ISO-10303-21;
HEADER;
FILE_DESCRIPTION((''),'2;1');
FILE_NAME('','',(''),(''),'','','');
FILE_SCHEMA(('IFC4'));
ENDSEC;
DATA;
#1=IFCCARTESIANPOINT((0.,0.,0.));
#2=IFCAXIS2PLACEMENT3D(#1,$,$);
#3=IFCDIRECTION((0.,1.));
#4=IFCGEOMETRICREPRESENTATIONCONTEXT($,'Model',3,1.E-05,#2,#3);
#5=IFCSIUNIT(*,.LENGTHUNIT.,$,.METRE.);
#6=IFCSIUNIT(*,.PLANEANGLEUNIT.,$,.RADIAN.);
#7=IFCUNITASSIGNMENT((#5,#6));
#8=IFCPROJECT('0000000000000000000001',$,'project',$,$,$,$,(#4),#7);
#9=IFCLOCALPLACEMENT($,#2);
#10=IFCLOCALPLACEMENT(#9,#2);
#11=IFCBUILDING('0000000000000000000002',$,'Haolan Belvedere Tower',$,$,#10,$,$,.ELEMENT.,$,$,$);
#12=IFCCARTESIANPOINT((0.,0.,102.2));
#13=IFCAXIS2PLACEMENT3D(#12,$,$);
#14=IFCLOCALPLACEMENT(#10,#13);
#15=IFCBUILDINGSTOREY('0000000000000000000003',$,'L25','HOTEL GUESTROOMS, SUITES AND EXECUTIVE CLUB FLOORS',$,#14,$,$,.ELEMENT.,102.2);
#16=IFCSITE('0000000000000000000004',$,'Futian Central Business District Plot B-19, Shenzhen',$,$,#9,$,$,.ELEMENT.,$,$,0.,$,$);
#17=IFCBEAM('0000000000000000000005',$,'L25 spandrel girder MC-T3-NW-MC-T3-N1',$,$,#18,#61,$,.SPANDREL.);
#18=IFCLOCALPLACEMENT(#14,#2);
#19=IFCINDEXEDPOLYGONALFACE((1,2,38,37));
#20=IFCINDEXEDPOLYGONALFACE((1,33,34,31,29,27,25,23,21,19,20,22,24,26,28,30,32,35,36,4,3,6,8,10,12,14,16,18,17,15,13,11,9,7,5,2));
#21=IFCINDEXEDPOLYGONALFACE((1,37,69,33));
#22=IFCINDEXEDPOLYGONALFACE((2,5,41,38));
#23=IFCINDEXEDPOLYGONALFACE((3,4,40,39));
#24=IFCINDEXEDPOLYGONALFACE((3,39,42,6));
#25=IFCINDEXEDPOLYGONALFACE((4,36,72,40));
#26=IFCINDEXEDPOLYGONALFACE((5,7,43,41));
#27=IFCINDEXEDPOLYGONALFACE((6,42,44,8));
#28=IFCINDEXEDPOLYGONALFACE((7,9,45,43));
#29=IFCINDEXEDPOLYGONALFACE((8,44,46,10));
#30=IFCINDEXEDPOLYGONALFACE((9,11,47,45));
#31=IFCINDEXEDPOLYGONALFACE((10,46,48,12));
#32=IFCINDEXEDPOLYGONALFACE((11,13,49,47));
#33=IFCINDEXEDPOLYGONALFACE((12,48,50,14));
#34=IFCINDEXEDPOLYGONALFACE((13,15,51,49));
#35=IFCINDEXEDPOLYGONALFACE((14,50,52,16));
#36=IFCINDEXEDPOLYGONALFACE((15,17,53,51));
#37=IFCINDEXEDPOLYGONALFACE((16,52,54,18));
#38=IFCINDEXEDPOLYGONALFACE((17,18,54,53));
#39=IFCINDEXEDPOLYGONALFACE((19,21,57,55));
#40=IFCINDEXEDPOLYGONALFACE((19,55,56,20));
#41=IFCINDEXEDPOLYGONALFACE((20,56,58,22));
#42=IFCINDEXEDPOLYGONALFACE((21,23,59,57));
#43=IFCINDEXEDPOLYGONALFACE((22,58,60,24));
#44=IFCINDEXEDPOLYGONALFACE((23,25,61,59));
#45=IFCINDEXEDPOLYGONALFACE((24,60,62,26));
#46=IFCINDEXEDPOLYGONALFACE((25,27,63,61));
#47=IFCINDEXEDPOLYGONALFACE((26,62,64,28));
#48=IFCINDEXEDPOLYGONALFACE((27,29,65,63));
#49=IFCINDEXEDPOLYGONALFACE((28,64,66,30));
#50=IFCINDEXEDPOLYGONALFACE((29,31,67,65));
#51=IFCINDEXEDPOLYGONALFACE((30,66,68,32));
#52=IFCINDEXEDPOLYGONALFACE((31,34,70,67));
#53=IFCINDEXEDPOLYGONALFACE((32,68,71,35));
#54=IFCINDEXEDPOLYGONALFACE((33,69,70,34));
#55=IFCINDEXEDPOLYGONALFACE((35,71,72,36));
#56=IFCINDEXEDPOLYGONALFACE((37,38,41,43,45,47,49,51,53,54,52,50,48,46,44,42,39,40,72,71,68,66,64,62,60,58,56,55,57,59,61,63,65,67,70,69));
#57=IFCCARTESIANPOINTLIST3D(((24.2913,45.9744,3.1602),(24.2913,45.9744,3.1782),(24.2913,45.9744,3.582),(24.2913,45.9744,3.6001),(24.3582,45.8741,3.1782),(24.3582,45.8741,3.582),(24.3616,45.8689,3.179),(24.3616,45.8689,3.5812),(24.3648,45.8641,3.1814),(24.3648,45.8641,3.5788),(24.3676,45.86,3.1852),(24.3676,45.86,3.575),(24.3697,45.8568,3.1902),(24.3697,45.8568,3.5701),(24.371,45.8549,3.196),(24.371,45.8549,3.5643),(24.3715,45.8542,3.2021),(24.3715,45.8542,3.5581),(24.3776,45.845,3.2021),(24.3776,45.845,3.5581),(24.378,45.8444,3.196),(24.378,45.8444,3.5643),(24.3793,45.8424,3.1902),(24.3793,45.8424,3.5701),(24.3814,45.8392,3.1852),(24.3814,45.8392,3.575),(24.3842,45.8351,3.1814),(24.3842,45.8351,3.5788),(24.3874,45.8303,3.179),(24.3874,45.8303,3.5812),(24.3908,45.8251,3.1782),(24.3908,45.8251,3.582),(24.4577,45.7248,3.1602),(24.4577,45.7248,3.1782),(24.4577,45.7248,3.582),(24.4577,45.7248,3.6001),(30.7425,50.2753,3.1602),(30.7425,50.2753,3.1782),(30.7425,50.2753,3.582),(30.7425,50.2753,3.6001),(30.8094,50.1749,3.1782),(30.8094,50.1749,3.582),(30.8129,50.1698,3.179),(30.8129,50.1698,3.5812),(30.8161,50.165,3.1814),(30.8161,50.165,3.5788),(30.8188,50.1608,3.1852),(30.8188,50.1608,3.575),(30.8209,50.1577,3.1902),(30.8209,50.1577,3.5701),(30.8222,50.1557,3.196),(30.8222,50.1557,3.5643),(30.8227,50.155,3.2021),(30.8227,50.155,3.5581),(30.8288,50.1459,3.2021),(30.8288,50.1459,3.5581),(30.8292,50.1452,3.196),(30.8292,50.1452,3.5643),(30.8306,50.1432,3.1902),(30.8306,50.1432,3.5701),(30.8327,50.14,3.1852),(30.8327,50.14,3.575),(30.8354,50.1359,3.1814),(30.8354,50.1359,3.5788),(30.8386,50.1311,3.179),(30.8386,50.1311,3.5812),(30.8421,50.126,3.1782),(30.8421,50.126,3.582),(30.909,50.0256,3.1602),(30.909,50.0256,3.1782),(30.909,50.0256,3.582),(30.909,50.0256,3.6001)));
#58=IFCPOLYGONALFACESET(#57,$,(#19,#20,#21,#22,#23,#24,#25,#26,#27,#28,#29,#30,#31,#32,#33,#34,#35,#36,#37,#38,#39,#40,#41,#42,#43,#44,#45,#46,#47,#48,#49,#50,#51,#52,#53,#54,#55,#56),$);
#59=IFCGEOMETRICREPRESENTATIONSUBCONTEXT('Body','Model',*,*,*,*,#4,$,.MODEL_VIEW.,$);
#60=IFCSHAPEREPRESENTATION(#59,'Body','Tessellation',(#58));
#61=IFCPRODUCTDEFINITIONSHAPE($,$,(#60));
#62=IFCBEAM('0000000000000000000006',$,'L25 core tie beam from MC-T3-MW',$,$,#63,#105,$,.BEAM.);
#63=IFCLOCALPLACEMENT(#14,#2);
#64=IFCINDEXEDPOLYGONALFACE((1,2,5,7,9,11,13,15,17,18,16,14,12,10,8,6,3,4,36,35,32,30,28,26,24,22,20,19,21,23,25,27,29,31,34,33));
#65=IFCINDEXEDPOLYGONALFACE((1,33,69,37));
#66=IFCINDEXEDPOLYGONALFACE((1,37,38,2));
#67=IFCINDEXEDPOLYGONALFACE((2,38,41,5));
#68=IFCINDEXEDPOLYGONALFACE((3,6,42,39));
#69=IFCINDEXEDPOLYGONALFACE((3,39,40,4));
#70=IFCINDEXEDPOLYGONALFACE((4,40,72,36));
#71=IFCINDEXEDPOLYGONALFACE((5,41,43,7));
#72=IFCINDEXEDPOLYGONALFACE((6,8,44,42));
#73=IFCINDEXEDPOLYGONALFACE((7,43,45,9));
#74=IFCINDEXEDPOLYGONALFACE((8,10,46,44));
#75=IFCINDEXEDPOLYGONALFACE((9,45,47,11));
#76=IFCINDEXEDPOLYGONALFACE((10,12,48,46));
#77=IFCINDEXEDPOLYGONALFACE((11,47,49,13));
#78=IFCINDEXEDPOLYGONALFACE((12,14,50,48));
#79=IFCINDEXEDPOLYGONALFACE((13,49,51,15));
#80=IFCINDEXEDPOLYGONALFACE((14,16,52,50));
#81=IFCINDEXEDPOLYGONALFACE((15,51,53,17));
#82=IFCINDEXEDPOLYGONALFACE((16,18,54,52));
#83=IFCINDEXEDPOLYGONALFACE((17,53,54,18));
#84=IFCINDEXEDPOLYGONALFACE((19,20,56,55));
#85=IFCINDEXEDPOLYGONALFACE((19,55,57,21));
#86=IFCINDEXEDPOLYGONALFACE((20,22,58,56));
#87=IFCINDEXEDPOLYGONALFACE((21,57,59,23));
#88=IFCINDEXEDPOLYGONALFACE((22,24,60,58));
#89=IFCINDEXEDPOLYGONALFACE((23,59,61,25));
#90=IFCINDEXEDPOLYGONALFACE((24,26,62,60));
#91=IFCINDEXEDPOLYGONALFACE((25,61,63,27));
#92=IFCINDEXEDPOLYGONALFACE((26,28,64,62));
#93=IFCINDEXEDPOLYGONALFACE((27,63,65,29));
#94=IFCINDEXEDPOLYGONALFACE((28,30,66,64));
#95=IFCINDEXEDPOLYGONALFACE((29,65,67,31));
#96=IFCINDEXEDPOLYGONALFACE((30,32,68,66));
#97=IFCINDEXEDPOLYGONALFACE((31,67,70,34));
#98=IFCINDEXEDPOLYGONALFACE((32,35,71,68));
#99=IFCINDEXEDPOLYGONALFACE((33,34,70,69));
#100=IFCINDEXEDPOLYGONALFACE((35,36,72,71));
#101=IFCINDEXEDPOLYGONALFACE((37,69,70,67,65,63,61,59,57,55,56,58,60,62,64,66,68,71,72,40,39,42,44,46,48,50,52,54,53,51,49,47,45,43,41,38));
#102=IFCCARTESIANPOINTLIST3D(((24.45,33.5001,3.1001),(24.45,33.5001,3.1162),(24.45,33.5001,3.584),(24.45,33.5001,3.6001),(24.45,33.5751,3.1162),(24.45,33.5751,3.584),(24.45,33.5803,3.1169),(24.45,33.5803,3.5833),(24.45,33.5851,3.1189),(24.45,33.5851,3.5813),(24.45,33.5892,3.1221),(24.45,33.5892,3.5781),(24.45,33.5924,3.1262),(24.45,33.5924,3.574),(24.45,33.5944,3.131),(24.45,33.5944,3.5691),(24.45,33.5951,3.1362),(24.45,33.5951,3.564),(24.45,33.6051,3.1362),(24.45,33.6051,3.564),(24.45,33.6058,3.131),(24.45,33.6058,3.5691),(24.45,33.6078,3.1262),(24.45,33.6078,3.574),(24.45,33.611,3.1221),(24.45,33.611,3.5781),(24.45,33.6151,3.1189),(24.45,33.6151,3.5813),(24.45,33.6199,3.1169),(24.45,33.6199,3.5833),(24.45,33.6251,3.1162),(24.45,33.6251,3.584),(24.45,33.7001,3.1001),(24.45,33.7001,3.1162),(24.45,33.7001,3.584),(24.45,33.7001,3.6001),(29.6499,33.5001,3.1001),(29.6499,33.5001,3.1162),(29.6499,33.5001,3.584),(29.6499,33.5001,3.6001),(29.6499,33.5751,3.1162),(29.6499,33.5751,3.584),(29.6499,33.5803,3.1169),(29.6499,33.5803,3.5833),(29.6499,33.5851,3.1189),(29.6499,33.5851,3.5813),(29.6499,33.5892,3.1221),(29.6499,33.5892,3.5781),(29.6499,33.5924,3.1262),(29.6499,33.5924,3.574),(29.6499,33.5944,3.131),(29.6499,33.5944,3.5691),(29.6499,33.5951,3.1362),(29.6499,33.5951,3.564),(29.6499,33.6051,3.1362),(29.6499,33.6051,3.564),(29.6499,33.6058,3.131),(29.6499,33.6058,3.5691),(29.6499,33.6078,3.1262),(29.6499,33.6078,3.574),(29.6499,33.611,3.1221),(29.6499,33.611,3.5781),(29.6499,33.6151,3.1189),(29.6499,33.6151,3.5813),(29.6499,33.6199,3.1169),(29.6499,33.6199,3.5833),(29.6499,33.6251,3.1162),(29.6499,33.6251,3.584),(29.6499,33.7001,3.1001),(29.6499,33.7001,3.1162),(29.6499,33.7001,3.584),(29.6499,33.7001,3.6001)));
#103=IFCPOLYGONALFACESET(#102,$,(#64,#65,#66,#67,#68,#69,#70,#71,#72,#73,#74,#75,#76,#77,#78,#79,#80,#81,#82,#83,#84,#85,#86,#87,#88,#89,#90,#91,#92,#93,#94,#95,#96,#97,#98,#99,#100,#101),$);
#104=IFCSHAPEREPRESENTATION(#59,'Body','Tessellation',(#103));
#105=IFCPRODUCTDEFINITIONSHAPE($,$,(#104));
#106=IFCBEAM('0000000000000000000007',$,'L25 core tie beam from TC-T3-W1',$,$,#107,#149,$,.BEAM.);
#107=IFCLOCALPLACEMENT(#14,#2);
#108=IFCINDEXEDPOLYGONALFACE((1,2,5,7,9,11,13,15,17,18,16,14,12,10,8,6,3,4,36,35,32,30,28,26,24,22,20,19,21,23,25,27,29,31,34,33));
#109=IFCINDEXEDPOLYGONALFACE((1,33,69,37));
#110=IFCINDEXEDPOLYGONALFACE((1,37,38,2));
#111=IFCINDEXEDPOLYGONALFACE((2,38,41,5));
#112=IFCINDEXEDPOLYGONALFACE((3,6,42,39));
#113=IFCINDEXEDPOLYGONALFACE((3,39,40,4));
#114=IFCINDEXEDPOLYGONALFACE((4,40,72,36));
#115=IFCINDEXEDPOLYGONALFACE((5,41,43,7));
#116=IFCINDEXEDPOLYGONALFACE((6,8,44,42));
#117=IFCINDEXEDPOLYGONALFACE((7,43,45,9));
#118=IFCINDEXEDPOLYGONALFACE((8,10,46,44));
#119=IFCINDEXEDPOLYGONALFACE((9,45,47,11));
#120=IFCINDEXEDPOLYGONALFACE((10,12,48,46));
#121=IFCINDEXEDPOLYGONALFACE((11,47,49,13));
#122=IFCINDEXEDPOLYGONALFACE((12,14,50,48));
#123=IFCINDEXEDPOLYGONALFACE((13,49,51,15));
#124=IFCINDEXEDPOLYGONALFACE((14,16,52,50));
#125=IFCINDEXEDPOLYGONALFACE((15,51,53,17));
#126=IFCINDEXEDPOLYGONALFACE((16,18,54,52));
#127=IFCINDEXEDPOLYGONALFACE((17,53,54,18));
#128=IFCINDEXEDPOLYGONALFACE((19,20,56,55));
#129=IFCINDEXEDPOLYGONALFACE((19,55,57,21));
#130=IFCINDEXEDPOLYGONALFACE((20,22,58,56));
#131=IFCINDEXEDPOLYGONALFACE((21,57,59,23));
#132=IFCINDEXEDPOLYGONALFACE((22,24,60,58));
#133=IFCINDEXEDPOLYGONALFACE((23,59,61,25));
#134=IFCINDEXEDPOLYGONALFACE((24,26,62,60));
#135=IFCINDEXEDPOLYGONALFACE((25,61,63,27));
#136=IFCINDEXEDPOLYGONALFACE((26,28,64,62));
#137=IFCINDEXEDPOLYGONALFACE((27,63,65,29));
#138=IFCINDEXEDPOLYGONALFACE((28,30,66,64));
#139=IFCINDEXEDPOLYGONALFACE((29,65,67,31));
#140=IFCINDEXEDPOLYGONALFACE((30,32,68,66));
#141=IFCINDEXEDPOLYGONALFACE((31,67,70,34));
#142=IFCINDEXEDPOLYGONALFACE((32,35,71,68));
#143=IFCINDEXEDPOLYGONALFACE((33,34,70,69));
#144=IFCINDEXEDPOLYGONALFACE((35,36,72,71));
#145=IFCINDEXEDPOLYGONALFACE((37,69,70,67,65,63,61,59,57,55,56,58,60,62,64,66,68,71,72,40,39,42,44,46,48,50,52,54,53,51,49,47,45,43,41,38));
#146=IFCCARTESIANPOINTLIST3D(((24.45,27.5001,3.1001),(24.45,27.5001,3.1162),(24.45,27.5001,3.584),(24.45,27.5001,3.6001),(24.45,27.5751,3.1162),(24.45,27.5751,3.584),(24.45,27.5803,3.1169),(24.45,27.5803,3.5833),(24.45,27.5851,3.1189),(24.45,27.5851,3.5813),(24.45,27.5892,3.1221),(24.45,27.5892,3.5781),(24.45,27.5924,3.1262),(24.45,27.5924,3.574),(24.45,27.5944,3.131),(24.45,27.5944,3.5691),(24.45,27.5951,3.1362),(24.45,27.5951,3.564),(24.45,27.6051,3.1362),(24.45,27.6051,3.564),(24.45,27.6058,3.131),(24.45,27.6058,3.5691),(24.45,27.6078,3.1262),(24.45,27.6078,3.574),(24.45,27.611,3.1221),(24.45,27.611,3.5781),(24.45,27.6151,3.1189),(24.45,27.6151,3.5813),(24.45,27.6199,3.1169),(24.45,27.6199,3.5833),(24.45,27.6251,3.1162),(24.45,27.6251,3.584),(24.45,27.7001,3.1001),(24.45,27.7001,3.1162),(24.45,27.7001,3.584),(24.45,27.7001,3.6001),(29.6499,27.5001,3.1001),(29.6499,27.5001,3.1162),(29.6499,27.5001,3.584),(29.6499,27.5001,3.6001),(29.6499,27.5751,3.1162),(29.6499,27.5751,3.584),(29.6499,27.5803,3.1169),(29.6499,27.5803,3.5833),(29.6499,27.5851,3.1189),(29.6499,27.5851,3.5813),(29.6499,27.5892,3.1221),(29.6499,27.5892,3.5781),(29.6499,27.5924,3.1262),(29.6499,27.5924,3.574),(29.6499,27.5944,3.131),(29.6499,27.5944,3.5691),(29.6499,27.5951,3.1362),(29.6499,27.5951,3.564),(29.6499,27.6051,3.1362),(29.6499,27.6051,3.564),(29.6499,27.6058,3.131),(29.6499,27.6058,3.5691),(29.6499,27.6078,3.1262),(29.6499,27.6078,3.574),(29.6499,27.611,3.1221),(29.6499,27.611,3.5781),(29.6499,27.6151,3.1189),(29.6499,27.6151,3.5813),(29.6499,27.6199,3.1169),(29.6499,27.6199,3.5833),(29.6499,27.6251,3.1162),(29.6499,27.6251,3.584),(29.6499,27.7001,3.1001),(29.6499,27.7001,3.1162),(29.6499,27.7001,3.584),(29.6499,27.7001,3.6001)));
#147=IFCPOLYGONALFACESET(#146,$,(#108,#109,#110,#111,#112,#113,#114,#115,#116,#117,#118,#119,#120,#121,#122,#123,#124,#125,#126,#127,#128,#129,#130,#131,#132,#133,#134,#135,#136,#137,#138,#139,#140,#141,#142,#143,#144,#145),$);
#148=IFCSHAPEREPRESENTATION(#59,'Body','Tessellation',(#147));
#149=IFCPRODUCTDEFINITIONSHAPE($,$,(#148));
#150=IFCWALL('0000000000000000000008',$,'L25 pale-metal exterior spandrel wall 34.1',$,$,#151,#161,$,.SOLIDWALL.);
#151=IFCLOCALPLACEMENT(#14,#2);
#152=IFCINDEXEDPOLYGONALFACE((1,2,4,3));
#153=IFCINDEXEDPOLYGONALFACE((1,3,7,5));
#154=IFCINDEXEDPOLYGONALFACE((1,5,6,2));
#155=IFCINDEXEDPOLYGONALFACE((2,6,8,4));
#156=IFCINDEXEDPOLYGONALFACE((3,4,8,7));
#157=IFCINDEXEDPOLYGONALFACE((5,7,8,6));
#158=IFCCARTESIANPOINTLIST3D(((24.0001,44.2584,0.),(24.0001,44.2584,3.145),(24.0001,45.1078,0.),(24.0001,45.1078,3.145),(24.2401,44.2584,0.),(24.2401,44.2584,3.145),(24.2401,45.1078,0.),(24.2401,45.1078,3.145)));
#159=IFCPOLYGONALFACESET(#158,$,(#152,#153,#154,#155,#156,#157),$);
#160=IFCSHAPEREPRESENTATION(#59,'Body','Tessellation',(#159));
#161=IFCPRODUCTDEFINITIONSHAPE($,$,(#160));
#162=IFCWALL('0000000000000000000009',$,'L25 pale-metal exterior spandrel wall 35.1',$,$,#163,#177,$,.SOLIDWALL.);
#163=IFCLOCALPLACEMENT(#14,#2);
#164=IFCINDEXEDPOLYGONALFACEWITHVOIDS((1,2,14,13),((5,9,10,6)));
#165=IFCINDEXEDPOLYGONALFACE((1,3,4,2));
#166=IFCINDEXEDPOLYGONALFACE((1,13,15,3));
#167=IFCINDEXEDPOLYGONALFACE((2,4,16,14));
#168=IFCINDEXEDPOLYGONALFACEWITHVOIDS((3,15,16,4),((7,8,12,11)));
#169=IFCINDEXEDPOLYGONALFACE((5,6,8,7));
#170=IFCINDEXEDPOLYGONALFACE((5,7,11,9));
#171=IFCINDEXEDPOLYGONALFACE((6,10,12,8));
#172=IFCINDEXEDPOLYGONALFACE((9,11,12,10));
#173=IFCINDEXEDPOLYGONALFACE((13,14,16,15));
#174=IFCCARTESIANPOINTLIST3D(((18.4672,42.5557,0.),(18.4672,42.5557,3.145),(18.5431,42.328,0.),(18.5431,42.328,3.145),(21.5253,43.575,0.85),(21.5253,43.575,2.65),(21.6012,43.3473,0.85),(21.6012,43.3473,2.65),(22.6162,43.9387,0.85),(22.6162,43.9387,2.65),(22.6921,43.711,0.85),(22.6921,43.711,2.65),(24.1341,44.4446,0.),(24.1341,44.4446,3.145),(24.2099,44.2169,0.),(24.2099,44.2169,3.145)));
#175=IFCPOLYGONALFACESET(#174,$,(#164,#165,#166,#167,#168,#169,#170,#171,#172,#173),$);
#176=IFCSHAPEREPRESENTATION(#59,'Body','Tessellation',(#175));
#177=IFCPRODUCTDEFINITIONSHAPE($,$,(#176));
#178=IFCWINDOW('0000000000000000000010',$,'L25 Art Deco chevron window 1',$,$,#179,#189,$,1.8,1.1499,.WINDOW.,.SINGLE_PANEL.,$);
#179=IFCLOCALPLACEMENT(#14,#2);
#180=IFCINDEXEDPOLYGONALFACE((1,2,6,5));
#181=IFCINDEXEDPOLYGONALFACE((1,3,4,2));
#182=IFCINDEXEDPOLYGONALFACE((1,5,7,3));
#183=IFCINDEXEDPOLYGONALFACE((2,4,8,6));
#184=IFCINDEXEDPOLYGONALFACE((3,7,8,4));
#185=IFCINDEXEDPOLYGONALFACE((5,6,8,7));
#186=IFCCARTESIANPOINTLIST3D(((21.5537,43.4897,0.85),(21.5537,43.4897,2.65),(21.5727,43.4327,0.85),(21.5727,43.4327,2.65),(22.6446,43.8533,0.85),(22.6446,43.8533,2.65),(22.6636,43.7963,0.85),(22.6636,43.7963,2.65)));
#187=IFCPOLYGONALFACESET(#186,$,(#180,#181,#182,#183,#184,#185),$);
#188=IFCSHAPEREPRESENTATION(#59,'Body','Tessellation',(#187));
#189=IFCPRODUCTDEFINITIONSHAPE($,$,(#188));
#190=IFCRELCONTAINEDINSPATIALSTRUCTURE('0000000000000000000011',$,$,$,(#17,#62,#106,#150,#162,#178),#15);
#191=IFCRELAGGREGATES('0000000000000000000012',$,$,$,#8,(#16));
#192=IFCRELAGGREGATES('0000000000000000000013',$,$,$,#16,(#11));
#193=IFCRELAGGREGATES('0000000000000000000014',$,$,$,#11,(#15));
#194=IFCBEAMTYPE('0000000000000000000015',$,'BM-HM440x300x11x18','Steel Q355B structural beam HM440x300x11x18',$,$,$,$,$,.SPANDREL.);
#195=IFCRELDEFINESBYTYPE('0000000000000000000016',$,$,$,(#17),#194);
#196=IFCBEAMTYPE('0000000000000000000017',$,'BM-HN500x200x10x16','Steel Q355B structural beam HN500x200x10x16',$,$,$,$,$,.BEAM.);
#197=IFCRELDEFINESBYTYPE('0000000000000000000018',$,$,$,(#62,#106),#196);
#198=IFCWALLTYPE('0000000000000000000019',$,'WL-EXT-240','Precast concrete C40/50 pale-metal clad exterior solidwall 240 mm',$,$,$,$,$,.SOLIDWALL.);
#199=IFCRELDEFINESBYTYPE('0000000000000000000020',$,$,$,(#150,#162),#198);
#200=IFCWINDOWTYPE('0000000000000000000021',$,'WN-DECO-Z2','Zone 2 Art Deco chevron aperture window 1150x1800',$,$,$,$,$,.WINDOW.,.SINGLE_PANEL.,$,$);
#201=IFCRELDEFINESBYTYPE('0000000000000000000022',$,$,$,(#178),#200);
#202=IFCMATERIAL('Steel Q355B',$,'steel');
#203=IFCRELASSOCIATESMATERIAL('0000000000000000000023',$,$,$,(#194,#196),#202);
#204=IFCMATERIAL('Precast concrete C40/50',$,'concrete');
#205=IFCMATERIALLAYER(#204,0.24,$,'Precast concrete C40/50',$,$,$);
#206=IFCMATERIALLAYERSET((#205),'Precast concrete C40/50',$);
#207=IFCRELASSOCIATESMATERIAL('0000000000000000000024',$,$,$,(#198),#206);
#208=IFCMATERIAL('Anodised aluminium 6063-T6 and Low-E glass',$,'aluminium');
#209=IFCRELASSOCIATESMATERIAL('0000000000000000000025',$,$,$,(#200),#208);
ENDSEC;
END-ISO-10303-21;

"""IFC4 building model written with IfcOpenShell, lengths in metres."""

from ifc_helpers import new_model, si_unit, direction, frame, frame_2d, origin, origin_2d, place, context, subcontext, project, spatial, rectangle, i_section, extrude, material, layer, layer_set, material_profile, profile_set, type_object, element, fill, save


model = new_model("IFC4")

# Units and contexts
model_context = context("Model", 3, precision=1e-05, world=origin(), true_north=direction((0.0, 1.0)))
body_context = subcontext(model_context, "Body", "Model", "MODEL_VIEW")
ifc_project = project(units=[si_unit("LENGTHUNIT", "METRE"), si_unit("PLANEANGLEUNIT", "RADIAN")], contexts=[model_context])

# Site, building, storey
site_placement = place(None, origin())
site = spatial("IfcSite", under=ifc_project, at=site_placement, Name="Futian Central Business District Plot B-19, Shenzhen", CompositionType="ELEMENT", RefElevation=0.0)
building_placement = place(site_placement, origin())
building = spatial("IfcBuilding", under=site, at=building_placement, Name="Haolan Belvedere Tower", CompositionType="ELEMENT")
storey_placement = place(building_placement, frame((0.0, 0.0, 102.2)))
storey = spatial("IfcBuildingStorey", under=building, at=storey_placement, Name="L25", Description="HOTEL GUESTROOMS, SUITES AND EXECUTIVE CLUB FLOORS", CompositionType="ELEMENT", Elevation=102.2)

# Beams
ifc_material_1 = material(Name="Steel Q355B", Category="steel")
ifc_material_profile_1 = material_profile(ifc_material_1, i_section(OverallWidth=0.3, OverallDepth=0.4399, WebThickness=0.011, FlangeThickness=0.0181, FilletRadius=0.0239, at=origin_2d()), Name="Steel Q355B")
ifc_profile_set_1 = profile_set([ifc_material_profile_1], Name="Steel Q355B")
beam_type_1 = type_object("IfcBeamType", Name="BM-HM440x300x11x18", Description="Steel Q355B structural beam HM440x300x11x18", PredefinedType="SPANDREL", material=ifc_profile_set_1)
beam_placement = place(storey_placement, frame((24.3745, 45.8496, 3.3801), z_axis=(0.83205, 0.5547, 0.0), x_axis=(-0.5547, 0.83205, 0.0)))
element("IfcBeam", 1, at=beam_placement, inside=storey, type_object=beam_type_1, Name="L25 spandrel girder MC-T3-NW-MC-T3-N1", PredefinedType="SPANDREL", context=body_context, shape_type="SweptSolid", body=[
    extrude(i_section(OverallWidth=0.3, OverallDepth=0.4399, WebThickness=0.011, FlangeThickness=0.0181, FilletRadius=0.0239, at=origin_2d()), origin(), (0.0, 0.0, 1.0), 7.7534),
])
ifc_material_profile_2 = material_profile(ifc_material_1, i_section(OverallWidth=0.2, OverallDepth=0.5, WebThickness=0.01, FlangeThickness=0.0161, FilletRadius=0.02, at=origin_2d()), Name="Steel Q355B")
ifc_profile_set_2 = profile_set([ifc_material_profile_2], Name="Steel Q355B")
beam_type_2 = type_object("IfcBeamType", Name="BM-HN500x200x10x16", Description="Steel Q355B structural beam HN500x200x10x16", PredefinedType="BEAM", material=ifc_profile_set_2)
for number, where, z_axis, x_axis, name in (
    (2, (24.45, 33.6001, 3.3501), (1.0, 0.0, 0.0), (0.0, 1.0, 0.0), "L25 core tie beam from MC-T3-MW"),
    (3, (24.45, 27.6001, 3.3501), (1.0, 0.0, 0.0), (0.0, 1.0, 0.0), "L25 core tie beam from TC-T3-W1"),
):
    element("IfcBeam", number, at=place(storey_placement, frame(where, z_axis=z_axis, x_axis=x_axis)), inside=storey, type_object=beam_type_2, Name=name, PredefinedType="BEAM", context=body_context, shape_type="SweptSolid", body=[
        extrude(i_section(OverallWidth=0.2, OverallDepth=0.5, WebThickness=0.01, FlangeThickness=0.0161, FilletRadius=0.02, at=origin_2d()), origin(), (0.0, 0.0, 1.0), 5.2),
    ])

# Wall
ifc_material_2 = material(Name="Precast concrete C40/50", Category="concrete")
ifc_layer_1 = layer(ifc_material_2, 0.24, Name="Precast concrete C40/50")
ifc_layer_set_1 = layer_set([ifc_layer_1], Name="Precast concrete C40/50")
wall_type_1 = type_object("IfcWallType", Name="WL-EXT-240", Description="Precast concrete C40/50 pale-metal clad exterior solidwall 240 mm", PredefinedType="SOLIDWALL", material=ifc_layer_set_1)
wall_1_placement = place(storey_placement, frame((24.1201, 45.1079, 0.0), z_axis=(0.0, 0.0, 1.0), x_axis=(0.0, -1.0, 0.0)))
element("IfcWall", 4, at=wall_1_placement, inside=storey, type_object=wall_type_1, Name="L25 pale-metal exterior spandrel wall 34.1", PredefinedType="SOLIDWALL", context=body_context, shape_type="SweptSolid", body=[
    extrude(rectangle(XDim=0.8494, YDim=0.24, at=frame_2d((0.4248, 0.0))), origin(), (0.0, 0.0, 1.0), 3.145),
])

# Wall, opening, window
wall_2_placement = place(storey_placement, frame((24.1721, 44.3308, 0.0), z_axis=(0.0, 0.0, 1.0), x_axis=(-0.948683, -0.316228, 0.0)))
wall_2 = element("IfcWall", 5, at=wall_2_placement, inside=storey, type_object=wall_type_1, Name="L25 pale-metal exterior spandrel wall 35.1", PredefinedType="SOLIDWALL", context=body_context, shape_type="SweptSolid", body=[
    extrude(rectangle(XDim=5.9734, YDim=0.24, at=frame_2d((2.9868, 0.0))), origin(), (0.0, 0.0, 1.0), 3.145),
])
opening_1_placement = place(wall_2_placement, frame((1.6001, 0.0, 0.8501)))
opening_1 = element("IfcOpeningElement", 6, at=opening_1_placement, cuts=wall_2, PredefinedType="OPENING", context=body_context, shape_type="SweptSolid", body=[
    extrude(rectangle(XDim=1.1499, YDim=1.8, at=frame_2d((0.575, 0.8999))), frame((0.0, 0.1299, 0.0), z_axis=(0.0, -1.0, 0.0), x_axis=(1.0, 0.0, 0.0)), (0.0, 0.0, 1.0), 0.26),
])
ifc_material_3 = material(Name="Anodised aluminium 6063-T6 and Low-E glass", Category="aluminium")
window_type = type_object("IfcWindowType", Name="WN-DECO-Z2", Description="Zone 2 Art Deco chevron aperture window 1150x1800", PartitioningType="SINGLE_PANEL", PredefinedType="WINDOW", material=ifc_material_3)
window_placement = place(opening_1_placement, origin())
window = element("IfcWindow", 7, at=window_placement, inside=storey, type_object=window_type, Name="L25 Art Deco chevron window 1", OverallHeight=1.8, OverallWidth=1.1499, PartitioningType="SINGLE_PANEL", PredefinedType="WINDOW", context=body_context, shape_type="SweptSolid", body=[
    extrude(rectangle(XDim=1.1499, YDim=1.8, at=frame_2d((0.575, 0.8999))), frame((0.0, 0.03, 0.0), z_axis=(0.0, -1.0, 0.0), x_axis=(1.0, 0.0, 0.0)), (0.0, 0.0, 1.0), 0.0601),
])
fill(opening_1, window)

save(model, "model.ifc")
